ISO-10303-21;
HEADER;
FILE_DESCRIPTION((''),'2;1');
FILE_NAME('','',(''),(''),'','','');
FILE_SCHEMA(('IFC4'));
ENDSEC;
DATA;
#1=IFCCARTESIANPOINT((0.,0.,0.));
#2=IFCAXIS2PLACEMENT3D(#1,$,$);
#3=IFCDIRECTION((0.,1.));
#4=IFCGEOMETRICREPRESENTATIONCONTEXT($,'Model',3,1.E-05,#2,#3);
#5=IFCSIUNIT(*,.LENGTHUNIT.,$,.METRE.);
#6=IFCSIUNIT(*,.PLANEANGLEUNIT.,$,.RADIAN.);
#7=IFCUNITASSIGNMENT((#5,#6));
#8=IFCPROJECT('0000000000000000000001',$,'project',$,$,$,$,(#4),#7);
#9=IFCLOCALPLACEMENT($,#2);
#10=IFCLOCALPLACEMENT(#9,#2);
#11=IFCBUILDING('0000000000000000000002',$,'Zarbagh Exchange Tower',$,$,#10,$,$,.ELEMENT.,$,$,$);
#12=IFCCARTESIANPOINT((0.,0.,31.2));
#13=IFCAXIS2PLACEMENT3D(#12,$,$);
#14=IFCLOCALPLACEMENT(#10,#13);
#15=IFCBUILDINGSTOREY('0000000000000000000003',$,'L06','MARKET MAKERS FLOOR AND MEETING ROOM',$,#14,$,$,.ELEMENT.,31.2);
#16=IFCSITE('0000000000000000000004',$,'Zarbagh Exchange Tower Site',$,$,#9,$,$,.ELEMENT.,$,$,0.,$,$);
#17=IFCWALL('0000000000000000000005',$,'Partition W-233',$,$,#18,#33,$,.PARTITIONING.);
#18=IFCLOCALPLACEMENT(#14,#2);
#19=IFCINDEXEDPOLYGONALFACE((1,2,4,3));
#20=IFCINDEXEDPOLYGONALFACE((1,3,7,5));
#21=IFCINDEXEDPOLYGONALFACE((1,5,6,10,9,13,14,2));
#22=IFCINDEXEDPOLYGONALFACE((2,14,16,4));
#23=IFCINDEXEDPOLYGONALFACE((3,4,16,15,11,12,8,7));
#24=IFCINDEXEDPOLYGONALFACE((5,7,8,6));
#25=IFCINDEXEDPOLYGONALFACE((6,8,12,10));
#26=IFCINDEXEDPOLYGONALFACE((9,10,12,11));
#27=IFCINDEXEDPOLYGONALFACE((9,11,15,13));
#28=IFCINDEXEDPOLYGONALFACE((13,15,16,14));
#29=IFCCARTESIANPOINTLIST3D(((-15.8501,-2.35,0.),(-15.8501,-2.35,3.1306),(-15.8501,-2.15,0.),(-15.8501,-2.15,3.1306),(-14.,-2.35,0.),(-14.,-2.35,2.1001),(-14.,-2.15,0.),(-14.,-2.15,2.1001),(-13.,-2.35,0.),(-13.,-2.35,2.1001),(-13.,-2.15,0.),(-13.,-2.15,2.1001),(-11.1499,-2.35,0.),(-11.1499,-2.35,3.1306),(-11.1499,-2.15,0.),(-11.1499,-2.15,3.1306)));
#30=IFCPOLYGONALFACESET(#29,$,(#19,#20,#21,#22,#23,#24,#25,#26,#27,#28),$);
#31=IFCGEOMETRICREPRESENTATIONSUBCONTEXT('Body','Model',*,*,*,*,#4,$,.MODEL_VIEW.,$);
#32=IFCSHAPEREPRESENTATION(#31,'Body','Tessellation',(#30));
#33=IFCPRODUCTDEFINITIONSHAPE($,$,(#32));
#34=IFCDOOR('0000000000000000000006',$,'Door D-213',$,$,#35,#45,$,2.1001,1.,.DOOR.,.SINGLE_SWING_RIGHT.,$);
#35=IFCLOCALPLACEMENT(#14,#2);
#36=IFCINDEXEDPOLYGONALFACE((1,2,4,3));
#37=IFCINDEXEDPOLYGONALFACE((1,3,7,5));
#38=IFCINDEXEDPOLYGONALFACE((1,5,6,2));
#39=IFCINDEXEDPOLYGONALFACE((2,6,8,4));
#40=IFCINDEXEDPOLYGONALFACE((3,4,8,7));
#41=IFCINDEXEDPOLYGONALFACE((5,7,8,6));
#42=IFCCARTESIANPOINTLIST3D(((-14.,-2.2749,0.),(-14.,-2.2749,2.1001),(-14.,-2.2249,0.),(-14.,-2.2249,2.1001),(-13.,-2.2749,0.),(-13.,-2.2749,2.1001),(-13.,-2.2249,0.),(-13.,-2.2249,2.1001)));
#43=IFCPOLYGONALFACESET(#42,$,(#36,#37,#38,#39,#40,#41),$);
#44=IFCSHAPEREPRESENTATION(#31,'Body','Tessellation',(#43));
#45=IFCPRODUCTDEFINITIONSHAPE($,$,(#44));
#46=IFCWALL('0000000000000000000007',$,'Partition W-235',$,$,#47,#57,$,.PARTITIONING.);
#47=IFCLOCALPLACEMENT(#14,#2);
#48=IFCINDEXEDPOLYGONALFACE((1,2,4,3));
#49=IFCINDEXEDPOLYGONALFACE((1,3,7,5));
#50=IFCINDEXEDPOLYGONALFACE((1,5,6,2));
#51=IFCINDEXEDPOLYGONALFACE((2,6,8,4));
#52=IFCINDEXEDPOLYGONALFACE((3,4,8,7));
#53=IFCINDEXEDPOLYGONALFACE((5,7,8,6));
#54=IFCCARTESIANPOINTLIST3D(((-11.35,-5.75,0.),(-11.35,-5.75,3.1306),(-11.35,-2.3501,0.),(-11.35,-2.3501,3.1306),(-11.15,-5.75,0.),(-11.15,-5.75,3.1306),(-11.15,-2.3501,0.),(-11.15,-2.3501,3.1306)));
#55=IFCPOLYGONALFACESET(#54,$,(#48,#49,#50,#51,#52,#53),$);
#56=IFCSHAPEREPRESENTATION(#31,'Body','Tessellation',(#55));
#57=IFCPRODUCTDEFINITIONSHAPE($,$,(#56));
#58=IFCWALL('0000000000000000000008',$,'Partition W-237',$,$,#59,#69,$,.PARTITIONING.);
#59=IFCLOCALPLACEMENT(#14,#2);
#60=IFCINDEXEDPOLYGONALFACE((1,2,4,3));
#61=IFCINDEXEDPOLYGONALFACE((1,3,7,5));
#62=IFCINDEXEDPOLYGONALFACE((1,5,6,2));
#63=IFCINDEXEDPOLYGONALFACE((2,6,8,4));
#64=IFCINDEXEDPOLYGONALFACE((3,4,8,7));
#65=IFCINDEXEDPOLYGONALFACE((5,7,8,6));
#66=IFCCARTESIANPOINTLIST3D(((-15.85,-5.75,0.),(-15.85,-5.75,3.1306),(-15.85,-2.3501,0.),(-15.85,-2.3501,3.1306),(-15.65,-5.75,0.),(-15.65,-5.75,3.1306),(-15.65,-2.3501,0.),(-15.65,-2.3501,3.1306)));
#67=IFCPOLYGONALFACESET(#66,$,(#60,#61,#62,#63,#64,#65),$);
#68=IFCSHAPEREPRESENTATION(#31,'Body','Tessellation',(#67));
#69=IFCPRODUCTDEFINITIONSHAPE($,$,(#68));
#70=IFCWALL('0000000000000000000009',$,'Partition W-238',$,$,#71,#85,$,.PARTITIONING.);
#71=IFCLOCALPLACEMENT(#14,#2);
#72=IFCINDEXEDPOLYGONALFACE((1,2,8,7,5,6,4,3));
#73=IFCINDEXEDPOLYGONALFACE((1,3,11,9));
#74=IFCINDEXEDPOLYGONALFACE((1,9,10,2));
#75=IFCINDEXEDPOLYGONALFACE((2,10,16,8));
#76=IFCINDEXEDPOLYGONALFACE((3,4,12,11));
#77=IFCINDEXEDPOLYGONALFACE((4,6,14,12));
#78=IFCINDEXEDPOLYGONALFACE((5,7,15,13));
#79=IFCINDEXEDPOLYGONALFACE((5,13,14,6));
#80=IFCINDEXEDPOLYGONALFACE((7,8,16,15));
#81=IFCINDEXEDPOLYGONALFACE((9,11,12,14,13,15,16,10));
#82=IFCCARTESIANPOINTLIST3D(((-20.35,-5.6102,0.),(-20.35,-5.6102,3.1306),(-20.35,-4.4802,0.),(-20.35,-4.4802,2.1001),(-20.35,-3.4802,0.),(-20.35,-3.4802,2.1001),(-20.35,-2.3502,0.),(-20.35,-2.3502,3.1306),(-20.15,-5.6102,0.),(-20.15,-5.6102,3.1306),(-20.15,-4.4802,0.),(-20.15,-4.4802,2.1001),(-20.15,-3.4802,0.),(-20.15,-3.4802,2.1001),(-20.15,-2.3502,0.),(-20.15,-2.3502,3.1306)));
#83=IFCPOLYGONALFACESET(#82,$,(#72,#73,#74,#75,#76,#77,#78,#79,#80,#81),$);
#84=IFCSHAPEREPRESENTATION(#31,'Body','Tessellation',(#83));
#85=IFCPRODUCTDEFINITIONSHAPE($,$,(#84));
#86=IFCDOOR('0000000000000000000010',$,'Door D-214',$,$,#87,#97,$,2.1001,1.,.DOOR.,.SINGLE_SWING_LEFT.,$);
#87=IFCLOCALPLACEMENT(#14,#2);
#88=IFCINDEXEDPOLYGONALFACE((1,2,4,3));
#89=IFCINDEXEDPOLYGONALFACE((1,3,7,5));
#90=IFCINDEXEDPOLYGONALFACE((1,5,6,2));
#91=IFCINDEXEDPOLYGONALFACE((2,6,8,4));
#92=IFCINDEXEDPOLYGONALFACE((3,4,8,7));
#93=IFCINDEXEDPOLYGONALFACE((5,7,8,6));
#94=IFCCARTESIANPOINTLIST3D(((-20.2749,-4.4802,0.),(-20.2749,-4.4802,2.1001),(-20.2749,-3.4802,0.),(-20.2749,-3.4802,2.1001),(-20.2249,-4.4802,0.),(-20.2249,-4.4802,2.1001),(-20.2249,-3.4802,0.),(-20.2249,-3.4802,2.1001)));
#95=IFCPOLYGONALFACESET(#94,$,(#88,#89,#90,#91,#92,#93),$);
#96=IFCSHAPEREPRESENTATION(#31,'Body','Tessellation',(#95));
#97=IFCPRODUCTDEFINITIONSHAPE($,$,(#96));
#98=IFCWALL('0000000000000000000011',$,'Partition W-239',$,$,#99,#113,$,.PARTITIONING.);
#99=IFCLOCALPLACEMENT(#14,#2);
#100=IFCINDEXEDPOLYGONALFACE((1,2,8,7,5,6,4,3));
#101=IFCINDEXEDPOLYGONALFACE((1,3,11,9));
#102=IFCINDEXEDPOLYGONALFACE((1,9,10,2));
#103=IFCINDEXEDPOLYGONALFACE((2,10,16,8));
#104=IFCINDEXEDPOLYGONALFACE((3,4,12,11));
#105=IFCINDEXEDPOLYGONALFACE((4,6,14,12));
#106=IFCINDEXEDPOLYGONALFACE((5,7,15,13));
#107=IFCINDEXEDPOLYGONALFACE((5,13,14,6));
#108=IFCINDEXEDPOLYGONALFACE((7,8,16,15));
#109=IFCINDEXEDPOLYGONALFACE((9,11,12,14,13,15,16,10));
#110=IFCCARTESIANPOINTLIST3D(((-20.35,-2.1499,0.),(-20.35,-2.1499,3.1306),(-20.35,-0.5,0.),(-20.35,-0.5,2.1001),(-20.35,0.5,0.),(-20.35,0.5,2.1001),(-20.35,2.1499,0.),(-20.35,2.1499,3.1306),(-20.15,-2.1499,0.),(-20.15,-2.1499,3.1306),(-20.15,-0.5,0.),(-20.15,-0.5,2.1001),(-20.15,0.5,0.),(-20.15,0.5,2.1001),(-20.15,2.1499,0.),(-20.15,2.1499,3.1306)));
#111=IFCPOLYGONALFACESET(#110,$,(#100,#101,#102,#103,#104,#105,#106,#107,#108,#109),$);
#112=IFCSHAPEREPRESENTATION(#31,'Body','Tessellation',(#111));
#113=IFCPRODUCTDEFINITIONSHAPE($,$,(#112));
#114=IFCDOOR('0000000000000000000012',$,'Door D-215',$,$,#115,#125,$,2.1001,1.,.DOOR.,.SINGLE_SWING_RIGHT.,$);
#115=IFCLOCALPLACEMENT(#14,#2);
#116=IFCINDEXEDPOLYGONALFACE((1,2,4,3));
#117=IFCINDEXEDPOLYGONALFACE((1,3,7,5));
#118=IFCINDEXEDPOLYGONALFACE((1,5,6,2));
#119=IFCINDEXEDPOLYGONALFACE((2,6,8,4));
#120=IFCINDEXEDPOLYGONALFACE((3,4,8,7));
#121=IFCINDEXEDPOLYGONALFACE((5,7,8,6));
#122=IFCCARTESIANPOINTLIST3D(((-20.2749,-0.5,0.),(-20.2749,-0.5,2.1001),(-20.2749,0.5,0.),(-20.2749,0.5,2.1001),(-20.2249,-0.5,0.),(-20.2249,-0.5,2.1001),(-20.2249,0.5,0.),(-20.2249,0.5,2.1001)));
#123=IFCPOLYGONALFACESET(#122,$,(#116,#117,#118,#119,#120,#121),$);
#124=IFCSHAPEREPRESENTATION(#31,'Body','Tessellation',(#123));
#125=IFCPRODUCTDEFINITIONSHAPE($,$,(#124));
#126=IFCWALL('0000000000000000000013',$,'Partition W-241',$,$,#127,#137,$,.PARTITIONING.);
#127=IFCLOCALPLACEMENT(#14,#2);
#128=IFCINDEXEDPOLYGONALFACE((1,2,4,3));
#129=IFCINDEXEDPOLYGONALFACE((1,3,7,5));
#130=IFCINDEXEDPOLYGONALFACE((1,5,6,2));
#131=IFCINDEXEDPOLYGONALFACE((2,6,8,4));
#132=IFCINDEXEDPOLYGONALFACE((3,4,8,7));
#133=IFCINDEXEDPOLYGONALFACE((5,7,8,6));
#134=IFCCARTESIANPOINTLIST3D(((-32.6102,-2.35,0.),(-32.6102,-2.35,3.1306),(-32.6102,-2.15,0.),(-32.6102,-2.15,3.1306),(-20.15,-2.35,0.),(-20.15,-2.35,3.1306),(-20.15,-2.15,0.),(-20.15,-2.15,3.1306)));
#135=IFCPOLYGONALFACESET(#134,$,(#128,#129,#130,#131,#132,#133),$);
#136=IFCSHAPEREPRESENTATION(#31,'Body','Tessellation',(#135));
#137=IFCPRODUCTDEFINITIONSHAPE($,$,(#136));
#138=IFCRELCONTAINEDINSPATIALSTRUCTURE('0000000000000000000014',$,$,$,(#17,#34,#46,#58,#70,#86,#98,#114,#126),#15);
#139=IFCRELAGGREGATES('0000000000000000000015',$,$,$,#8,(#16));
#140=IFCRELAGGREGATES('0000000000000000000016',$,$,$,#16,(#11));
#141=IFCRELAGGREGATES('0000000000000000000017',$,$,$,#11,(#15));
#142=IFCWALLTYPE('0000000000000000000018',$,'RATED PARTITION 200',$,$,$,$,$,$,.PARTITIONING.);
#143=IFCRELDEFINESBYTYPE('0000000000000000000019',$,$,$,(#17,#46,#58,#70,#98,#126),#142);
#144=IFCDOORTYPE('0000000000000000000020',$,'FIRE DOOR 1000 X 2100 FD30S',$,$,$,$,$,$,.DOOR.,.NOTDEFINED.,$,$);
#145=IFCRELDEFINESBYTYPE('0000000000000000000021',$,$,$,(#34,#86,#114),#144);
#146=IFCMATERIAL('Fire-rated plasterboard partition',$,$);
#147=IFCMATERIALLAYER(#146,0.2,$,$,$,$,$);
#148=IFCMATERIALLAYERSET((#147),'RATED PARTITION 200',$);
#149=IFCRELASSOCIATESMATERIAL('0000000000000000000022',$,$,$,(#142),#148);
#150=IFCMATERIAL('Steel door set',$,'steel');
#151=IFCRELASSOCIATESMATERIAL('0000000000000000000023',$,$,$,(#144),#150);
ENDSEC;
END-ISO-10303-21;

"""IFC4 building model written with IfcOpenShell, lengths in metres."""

from ifc_helpers import new_model, si_unit, direction, frame, frame_2d, origin, place, context, subcontext, project, spatial, rectangle, extrude, material, layer, layer_set, type_object, element, fill, save


model = new_model("IFC4")

# Units and contexts
model_context = context("Model", 3, precision=1e-05, world=origin(), true_north=direction((0.0, 1.0)))
body_context = subcontext(model_context, "Body", "Model", "MODEL_VIEW")
ifc_project = project(units=[si_unit("LENGTHUNIT", "METRE"), si_unit("PLANEANGLEUNIT", "RADIAN")], contexts=[model_context])

# Site, building, storey
site_placement = place(None, origin())
site = spatial("IfcSite", under=ifc_project, at=site_placement, Name="Zarbagh Exchange Tower Site", CompositionType="ELEMENT", RefElevation=0.0)
building_placement = place(site_placement, origin())
building = spatial("IfcBuilding", under=site, at=building_placement, Name="Zarbagh Exchange Tower", CompositionType="ELEMENT")
storey_placement = place(building_placement, frame((0.0, 0.0, 31.2)))
storey = spatial("IfcBuildingStorey", under=building, at=storey_placement, Name="L06", Description="MARKET MAKERS FLOOR AND MEETING ROOM", CompositionType="ELEMENT", Elevation=31.2)

# Shared definitions
ifc_material_1 = material(Name="Fire-rated plasterboard partition")
ifc_layer = layer(ifc_material_1, 0.2)
ifc_layer_set = layer_set([ifc_layer], Name="RATED PARTITION 200")
wall_type = type_object("IfcWallType", Name="RATED PARTITION 200", PredefinedType="PARTITIONING", material=ifc_layer_set)

# Wall, opening, door
ifc_material_2 = material(Name="Steel door set", Category="steel")
door_type = type_object("IfcDoorType", Name="FIRE DOOR 1000 X 2100 FD30S", OperationType="NOTDEFINED", PredefinedType="DOOR", material=ifc_material_2)
wall_1_placement = place(storey_placement, frame((-11.1499, -2.25, 0.0), z_axis=(0.0, 0.0, 1.0), x_axis=(-1.0, 0.0, 0.0)))
wall_1 = element("IfcWall", 1, at=wall_1_placement, inside=storey, type_object=wall_type, Name="Partition W-233", PredefinedType="PARTITIONING", context=body_context, shape_type="SweptSolid", body=[
    extrude(rectangle(XDim=4.7002, YDim=0.2, at=frame_2d((2.3501, 0.0))), origin(), (0.0, 0.0, 1.0), 3.1306),
])
opening_1_placement = place(wall_1_placement, frame((1.8501, 0.0, 0.0)))
opening_1 = element("IfcOpeningElement", 2, at=opening_1_placement, cuts=wall_1, PredefinedType="OPENING", context=body_context, shape_type="SweptSolid", body=[
    extrude(rectangle(XDim=1.0, YDim=2.1001, at=frame_2d((0.5, 1.05))), frame((0.0, 0.1099, 0.0), z_axis=(0.0, -1.0, 0.0), x_axis=(1.0, 0.0, 0.0)), (0.0, 0.0, 1.0), 0.22),
])
door_1_placement = place(opening_1_placement, origin())
door_1 = element("IfcDoor", 3, at=door_1_placement, inside=storey, type_object=door_type, Name="Door D-213", OperationType="SINGLE_SWING_RIGHT", OverallHeight=2.1001, OverallWidth=1.0, PredefinedType="DOOR", context=body_context, shape_type="SweptSolid", body=[
    extrude(rectangle(XDim=1.0, YDim=2.1001, at=frame_2d((0.5, 1.05))), frame((0.0, 0.0249, 0.0), z_axis=(0.0, -1.0, 0.0), x_axis=(1.0, 0.0, 0.0)), (0.0, 0.0, 1.0), 0.05),
])
fill(opening_1, door_1)

# Walls
for number, where, z_axis, x_axis, name in (
    (4, (-11.25, -5.75, 0.0), (0.0, 0.0, 1.0), (0.0, 1.0, 0.0), "Partition W-235"),
    (5, (-15.75, -5.75, 0.0), (0.0, 0.0, 1.0), (0.0, 1.0, 0.0), "Partition W-237"),
):
    element("IfcWall", number, at=place(storey_placement, frame(where, z_axis=z_axis, x_axis=x_axis)), inside=storey, type_object=wall_type, Name=name, PredefinedType="PARTITIONING", context=body_context, shape_type="SweptSolid", body=[
        extrude(rectangle(XDim=3.3999, YDim=0.2, at=frame_2d((1.7, 0.0))), origin(), (0.0, 0.0, 1.0), 3.1306),
    ])

# Walls, openings, doors
wall_2_placement = place(storey_placement, frame((-20.25, -5.6101, 0.0), z_axis=(0.0, 0.0, 1.0), x_axis=(0.0, 1.0, 0.0)))
wall_2 = element("IfcWall", 6, at=wall_2_placement, inside=storey, type_object=wall_type, Name="Partition W-238", PredefinedType="PARTITIONING", context=body_context, shape_type="SweptSolid", body=[
    extrude(rectangle(XDim=3.26, YDim=0.2, at=frame_2d((1.6299, 0.0))), origin(), (0.0, 0.0, 1.0), 3.1306),
])
opening_2_placement = place(wall_2_placement, frame((1.1299, 0.0, 0.0)))
opening_2 = element("IfcOpeningElement", 7, at=opening_2_placement, cuts=wall_2, PredefinedType="OPENING", context=body_context, shape_type="SweptSolid", body=[
    extrude(rectangle(XDim=1.0, YDim=2.1001, at=frame_2d((0.5, 1.05))), frame((0.0, 0.1099, 0.0), z_axis=(0.0, -1.0, 0.0), x_axis=(1.0, 0.0, 0.0)), (0.0, 0.0, 1.0), 0.22),
])
door_2_placement = place(opening_2_placement, origin())
door_2 = element("IfcDoor", 8, at=door_2_placement, inside=storey, type_object=door_type, Name="Door D-214", OperationType="SINGLE_SWING_LEFT", OverallHeight=2.1001, OverallWidth=1.0, PredefinedType="DOOR", context=body_context, shape_type="SweptSolid", body=[
    extrude(rectangle(XDim=1.0, YDim=2.1001, at=frame_2d((0.5, 1.05))), frame((0.0, 0.0249, 0.0), z_axis=(0.0, -1.0, 0.0), x_axis=(1.0, 0.0, 0.0)), (0.0, 0.0, 1.0), 0.05),
])
fill(opening_2, door_2)
wall_3_placement = place(storey_placement, frame((-20.25, -2.1499, 0.0), z_axis=(0.0, 0.0, 1.0), x_axis=(0.0, 1.0, 0.0)))
wall_3 = element("IfcWall", 9, at=wall_3_placement, inside=storey, type_object=wall_type, Name="Partition W-239", PredefinedType="PARTITIONING", context=body_context, shape_type="SweptSolid", body=[
    extrude(rectangle(XDim=4.2998, YDim=0.2, at=frame_2d((2.1499, 0.0))), origin(), (0.0, 0.0, 1.0), 3.1306),
])
opening_3_placement = place(wall_3_placement, frame((1.6499, 0.0, 0.0)))
opening_3 = element("IfcOpeningElement", 10, at=opening_3_placement, cuts=wall_3, PredefinedType="OPENING", context=body_context, shape_type="SweptSolid", body=[
    extrude(rectangle(XDim=1.0, YDim=2.1001, at=frame_2d((0.5, 1.05))), frame((0.0, 0.1099, 0.0), z_axis=(0.0, -1.0, 0.0), x_axis=(1.0, 0.0, 0.0)), (0.0, 0.0, 1.0), 0.22),
])
door_3_placement = place(opening_3_placement, origin())
door_3 = element("IfcDoor", 11, at=door_3_placement, inside=storey, type_object=door_type, Name="Door D-215", OperationType="SINGLE_SWING_RIGHT", OverallHeight=2.1001, OverallWidth=1.0, PredefinedType="DOOR", context=body_context, shape_type="SweptSolid", body=[
    extrude(rectangle(XDim=1.0, YDim=2.1001, at=frame_2d((0.5, 1.05))), frame((0.0, 0.0249, 0.0), z_axis=(0.0, -1.0, 0.0), x_axis=(1.0, 0.0, 0.0)), (0.0, 0.0, 1.0), 0.05),
])
fill(opening_3, door_3)

# Wall
wall_4_placement = place(storey_placement, frame((-32.6101, -2.25, 0.0), z_axis=(0.0, 0.0, 1.0), x_axis=(1.0, 0.0, 0.0)))
element("IfcWall", 12, at=wall_4_placement, inside=storey, type_object=wall_type, Name="Partition W-241", PredefinedType="PARTITIONING", context=body_context, shape_type="SweptSolid", body=[
    extrude(rectangle(XDim=12.4602, YDim=0.2, at=frame_2d((6.23, 0.0))), origin(), (0.0, 0.0, 1.0), 3.1306),
])

save(model, "model.ifc")
